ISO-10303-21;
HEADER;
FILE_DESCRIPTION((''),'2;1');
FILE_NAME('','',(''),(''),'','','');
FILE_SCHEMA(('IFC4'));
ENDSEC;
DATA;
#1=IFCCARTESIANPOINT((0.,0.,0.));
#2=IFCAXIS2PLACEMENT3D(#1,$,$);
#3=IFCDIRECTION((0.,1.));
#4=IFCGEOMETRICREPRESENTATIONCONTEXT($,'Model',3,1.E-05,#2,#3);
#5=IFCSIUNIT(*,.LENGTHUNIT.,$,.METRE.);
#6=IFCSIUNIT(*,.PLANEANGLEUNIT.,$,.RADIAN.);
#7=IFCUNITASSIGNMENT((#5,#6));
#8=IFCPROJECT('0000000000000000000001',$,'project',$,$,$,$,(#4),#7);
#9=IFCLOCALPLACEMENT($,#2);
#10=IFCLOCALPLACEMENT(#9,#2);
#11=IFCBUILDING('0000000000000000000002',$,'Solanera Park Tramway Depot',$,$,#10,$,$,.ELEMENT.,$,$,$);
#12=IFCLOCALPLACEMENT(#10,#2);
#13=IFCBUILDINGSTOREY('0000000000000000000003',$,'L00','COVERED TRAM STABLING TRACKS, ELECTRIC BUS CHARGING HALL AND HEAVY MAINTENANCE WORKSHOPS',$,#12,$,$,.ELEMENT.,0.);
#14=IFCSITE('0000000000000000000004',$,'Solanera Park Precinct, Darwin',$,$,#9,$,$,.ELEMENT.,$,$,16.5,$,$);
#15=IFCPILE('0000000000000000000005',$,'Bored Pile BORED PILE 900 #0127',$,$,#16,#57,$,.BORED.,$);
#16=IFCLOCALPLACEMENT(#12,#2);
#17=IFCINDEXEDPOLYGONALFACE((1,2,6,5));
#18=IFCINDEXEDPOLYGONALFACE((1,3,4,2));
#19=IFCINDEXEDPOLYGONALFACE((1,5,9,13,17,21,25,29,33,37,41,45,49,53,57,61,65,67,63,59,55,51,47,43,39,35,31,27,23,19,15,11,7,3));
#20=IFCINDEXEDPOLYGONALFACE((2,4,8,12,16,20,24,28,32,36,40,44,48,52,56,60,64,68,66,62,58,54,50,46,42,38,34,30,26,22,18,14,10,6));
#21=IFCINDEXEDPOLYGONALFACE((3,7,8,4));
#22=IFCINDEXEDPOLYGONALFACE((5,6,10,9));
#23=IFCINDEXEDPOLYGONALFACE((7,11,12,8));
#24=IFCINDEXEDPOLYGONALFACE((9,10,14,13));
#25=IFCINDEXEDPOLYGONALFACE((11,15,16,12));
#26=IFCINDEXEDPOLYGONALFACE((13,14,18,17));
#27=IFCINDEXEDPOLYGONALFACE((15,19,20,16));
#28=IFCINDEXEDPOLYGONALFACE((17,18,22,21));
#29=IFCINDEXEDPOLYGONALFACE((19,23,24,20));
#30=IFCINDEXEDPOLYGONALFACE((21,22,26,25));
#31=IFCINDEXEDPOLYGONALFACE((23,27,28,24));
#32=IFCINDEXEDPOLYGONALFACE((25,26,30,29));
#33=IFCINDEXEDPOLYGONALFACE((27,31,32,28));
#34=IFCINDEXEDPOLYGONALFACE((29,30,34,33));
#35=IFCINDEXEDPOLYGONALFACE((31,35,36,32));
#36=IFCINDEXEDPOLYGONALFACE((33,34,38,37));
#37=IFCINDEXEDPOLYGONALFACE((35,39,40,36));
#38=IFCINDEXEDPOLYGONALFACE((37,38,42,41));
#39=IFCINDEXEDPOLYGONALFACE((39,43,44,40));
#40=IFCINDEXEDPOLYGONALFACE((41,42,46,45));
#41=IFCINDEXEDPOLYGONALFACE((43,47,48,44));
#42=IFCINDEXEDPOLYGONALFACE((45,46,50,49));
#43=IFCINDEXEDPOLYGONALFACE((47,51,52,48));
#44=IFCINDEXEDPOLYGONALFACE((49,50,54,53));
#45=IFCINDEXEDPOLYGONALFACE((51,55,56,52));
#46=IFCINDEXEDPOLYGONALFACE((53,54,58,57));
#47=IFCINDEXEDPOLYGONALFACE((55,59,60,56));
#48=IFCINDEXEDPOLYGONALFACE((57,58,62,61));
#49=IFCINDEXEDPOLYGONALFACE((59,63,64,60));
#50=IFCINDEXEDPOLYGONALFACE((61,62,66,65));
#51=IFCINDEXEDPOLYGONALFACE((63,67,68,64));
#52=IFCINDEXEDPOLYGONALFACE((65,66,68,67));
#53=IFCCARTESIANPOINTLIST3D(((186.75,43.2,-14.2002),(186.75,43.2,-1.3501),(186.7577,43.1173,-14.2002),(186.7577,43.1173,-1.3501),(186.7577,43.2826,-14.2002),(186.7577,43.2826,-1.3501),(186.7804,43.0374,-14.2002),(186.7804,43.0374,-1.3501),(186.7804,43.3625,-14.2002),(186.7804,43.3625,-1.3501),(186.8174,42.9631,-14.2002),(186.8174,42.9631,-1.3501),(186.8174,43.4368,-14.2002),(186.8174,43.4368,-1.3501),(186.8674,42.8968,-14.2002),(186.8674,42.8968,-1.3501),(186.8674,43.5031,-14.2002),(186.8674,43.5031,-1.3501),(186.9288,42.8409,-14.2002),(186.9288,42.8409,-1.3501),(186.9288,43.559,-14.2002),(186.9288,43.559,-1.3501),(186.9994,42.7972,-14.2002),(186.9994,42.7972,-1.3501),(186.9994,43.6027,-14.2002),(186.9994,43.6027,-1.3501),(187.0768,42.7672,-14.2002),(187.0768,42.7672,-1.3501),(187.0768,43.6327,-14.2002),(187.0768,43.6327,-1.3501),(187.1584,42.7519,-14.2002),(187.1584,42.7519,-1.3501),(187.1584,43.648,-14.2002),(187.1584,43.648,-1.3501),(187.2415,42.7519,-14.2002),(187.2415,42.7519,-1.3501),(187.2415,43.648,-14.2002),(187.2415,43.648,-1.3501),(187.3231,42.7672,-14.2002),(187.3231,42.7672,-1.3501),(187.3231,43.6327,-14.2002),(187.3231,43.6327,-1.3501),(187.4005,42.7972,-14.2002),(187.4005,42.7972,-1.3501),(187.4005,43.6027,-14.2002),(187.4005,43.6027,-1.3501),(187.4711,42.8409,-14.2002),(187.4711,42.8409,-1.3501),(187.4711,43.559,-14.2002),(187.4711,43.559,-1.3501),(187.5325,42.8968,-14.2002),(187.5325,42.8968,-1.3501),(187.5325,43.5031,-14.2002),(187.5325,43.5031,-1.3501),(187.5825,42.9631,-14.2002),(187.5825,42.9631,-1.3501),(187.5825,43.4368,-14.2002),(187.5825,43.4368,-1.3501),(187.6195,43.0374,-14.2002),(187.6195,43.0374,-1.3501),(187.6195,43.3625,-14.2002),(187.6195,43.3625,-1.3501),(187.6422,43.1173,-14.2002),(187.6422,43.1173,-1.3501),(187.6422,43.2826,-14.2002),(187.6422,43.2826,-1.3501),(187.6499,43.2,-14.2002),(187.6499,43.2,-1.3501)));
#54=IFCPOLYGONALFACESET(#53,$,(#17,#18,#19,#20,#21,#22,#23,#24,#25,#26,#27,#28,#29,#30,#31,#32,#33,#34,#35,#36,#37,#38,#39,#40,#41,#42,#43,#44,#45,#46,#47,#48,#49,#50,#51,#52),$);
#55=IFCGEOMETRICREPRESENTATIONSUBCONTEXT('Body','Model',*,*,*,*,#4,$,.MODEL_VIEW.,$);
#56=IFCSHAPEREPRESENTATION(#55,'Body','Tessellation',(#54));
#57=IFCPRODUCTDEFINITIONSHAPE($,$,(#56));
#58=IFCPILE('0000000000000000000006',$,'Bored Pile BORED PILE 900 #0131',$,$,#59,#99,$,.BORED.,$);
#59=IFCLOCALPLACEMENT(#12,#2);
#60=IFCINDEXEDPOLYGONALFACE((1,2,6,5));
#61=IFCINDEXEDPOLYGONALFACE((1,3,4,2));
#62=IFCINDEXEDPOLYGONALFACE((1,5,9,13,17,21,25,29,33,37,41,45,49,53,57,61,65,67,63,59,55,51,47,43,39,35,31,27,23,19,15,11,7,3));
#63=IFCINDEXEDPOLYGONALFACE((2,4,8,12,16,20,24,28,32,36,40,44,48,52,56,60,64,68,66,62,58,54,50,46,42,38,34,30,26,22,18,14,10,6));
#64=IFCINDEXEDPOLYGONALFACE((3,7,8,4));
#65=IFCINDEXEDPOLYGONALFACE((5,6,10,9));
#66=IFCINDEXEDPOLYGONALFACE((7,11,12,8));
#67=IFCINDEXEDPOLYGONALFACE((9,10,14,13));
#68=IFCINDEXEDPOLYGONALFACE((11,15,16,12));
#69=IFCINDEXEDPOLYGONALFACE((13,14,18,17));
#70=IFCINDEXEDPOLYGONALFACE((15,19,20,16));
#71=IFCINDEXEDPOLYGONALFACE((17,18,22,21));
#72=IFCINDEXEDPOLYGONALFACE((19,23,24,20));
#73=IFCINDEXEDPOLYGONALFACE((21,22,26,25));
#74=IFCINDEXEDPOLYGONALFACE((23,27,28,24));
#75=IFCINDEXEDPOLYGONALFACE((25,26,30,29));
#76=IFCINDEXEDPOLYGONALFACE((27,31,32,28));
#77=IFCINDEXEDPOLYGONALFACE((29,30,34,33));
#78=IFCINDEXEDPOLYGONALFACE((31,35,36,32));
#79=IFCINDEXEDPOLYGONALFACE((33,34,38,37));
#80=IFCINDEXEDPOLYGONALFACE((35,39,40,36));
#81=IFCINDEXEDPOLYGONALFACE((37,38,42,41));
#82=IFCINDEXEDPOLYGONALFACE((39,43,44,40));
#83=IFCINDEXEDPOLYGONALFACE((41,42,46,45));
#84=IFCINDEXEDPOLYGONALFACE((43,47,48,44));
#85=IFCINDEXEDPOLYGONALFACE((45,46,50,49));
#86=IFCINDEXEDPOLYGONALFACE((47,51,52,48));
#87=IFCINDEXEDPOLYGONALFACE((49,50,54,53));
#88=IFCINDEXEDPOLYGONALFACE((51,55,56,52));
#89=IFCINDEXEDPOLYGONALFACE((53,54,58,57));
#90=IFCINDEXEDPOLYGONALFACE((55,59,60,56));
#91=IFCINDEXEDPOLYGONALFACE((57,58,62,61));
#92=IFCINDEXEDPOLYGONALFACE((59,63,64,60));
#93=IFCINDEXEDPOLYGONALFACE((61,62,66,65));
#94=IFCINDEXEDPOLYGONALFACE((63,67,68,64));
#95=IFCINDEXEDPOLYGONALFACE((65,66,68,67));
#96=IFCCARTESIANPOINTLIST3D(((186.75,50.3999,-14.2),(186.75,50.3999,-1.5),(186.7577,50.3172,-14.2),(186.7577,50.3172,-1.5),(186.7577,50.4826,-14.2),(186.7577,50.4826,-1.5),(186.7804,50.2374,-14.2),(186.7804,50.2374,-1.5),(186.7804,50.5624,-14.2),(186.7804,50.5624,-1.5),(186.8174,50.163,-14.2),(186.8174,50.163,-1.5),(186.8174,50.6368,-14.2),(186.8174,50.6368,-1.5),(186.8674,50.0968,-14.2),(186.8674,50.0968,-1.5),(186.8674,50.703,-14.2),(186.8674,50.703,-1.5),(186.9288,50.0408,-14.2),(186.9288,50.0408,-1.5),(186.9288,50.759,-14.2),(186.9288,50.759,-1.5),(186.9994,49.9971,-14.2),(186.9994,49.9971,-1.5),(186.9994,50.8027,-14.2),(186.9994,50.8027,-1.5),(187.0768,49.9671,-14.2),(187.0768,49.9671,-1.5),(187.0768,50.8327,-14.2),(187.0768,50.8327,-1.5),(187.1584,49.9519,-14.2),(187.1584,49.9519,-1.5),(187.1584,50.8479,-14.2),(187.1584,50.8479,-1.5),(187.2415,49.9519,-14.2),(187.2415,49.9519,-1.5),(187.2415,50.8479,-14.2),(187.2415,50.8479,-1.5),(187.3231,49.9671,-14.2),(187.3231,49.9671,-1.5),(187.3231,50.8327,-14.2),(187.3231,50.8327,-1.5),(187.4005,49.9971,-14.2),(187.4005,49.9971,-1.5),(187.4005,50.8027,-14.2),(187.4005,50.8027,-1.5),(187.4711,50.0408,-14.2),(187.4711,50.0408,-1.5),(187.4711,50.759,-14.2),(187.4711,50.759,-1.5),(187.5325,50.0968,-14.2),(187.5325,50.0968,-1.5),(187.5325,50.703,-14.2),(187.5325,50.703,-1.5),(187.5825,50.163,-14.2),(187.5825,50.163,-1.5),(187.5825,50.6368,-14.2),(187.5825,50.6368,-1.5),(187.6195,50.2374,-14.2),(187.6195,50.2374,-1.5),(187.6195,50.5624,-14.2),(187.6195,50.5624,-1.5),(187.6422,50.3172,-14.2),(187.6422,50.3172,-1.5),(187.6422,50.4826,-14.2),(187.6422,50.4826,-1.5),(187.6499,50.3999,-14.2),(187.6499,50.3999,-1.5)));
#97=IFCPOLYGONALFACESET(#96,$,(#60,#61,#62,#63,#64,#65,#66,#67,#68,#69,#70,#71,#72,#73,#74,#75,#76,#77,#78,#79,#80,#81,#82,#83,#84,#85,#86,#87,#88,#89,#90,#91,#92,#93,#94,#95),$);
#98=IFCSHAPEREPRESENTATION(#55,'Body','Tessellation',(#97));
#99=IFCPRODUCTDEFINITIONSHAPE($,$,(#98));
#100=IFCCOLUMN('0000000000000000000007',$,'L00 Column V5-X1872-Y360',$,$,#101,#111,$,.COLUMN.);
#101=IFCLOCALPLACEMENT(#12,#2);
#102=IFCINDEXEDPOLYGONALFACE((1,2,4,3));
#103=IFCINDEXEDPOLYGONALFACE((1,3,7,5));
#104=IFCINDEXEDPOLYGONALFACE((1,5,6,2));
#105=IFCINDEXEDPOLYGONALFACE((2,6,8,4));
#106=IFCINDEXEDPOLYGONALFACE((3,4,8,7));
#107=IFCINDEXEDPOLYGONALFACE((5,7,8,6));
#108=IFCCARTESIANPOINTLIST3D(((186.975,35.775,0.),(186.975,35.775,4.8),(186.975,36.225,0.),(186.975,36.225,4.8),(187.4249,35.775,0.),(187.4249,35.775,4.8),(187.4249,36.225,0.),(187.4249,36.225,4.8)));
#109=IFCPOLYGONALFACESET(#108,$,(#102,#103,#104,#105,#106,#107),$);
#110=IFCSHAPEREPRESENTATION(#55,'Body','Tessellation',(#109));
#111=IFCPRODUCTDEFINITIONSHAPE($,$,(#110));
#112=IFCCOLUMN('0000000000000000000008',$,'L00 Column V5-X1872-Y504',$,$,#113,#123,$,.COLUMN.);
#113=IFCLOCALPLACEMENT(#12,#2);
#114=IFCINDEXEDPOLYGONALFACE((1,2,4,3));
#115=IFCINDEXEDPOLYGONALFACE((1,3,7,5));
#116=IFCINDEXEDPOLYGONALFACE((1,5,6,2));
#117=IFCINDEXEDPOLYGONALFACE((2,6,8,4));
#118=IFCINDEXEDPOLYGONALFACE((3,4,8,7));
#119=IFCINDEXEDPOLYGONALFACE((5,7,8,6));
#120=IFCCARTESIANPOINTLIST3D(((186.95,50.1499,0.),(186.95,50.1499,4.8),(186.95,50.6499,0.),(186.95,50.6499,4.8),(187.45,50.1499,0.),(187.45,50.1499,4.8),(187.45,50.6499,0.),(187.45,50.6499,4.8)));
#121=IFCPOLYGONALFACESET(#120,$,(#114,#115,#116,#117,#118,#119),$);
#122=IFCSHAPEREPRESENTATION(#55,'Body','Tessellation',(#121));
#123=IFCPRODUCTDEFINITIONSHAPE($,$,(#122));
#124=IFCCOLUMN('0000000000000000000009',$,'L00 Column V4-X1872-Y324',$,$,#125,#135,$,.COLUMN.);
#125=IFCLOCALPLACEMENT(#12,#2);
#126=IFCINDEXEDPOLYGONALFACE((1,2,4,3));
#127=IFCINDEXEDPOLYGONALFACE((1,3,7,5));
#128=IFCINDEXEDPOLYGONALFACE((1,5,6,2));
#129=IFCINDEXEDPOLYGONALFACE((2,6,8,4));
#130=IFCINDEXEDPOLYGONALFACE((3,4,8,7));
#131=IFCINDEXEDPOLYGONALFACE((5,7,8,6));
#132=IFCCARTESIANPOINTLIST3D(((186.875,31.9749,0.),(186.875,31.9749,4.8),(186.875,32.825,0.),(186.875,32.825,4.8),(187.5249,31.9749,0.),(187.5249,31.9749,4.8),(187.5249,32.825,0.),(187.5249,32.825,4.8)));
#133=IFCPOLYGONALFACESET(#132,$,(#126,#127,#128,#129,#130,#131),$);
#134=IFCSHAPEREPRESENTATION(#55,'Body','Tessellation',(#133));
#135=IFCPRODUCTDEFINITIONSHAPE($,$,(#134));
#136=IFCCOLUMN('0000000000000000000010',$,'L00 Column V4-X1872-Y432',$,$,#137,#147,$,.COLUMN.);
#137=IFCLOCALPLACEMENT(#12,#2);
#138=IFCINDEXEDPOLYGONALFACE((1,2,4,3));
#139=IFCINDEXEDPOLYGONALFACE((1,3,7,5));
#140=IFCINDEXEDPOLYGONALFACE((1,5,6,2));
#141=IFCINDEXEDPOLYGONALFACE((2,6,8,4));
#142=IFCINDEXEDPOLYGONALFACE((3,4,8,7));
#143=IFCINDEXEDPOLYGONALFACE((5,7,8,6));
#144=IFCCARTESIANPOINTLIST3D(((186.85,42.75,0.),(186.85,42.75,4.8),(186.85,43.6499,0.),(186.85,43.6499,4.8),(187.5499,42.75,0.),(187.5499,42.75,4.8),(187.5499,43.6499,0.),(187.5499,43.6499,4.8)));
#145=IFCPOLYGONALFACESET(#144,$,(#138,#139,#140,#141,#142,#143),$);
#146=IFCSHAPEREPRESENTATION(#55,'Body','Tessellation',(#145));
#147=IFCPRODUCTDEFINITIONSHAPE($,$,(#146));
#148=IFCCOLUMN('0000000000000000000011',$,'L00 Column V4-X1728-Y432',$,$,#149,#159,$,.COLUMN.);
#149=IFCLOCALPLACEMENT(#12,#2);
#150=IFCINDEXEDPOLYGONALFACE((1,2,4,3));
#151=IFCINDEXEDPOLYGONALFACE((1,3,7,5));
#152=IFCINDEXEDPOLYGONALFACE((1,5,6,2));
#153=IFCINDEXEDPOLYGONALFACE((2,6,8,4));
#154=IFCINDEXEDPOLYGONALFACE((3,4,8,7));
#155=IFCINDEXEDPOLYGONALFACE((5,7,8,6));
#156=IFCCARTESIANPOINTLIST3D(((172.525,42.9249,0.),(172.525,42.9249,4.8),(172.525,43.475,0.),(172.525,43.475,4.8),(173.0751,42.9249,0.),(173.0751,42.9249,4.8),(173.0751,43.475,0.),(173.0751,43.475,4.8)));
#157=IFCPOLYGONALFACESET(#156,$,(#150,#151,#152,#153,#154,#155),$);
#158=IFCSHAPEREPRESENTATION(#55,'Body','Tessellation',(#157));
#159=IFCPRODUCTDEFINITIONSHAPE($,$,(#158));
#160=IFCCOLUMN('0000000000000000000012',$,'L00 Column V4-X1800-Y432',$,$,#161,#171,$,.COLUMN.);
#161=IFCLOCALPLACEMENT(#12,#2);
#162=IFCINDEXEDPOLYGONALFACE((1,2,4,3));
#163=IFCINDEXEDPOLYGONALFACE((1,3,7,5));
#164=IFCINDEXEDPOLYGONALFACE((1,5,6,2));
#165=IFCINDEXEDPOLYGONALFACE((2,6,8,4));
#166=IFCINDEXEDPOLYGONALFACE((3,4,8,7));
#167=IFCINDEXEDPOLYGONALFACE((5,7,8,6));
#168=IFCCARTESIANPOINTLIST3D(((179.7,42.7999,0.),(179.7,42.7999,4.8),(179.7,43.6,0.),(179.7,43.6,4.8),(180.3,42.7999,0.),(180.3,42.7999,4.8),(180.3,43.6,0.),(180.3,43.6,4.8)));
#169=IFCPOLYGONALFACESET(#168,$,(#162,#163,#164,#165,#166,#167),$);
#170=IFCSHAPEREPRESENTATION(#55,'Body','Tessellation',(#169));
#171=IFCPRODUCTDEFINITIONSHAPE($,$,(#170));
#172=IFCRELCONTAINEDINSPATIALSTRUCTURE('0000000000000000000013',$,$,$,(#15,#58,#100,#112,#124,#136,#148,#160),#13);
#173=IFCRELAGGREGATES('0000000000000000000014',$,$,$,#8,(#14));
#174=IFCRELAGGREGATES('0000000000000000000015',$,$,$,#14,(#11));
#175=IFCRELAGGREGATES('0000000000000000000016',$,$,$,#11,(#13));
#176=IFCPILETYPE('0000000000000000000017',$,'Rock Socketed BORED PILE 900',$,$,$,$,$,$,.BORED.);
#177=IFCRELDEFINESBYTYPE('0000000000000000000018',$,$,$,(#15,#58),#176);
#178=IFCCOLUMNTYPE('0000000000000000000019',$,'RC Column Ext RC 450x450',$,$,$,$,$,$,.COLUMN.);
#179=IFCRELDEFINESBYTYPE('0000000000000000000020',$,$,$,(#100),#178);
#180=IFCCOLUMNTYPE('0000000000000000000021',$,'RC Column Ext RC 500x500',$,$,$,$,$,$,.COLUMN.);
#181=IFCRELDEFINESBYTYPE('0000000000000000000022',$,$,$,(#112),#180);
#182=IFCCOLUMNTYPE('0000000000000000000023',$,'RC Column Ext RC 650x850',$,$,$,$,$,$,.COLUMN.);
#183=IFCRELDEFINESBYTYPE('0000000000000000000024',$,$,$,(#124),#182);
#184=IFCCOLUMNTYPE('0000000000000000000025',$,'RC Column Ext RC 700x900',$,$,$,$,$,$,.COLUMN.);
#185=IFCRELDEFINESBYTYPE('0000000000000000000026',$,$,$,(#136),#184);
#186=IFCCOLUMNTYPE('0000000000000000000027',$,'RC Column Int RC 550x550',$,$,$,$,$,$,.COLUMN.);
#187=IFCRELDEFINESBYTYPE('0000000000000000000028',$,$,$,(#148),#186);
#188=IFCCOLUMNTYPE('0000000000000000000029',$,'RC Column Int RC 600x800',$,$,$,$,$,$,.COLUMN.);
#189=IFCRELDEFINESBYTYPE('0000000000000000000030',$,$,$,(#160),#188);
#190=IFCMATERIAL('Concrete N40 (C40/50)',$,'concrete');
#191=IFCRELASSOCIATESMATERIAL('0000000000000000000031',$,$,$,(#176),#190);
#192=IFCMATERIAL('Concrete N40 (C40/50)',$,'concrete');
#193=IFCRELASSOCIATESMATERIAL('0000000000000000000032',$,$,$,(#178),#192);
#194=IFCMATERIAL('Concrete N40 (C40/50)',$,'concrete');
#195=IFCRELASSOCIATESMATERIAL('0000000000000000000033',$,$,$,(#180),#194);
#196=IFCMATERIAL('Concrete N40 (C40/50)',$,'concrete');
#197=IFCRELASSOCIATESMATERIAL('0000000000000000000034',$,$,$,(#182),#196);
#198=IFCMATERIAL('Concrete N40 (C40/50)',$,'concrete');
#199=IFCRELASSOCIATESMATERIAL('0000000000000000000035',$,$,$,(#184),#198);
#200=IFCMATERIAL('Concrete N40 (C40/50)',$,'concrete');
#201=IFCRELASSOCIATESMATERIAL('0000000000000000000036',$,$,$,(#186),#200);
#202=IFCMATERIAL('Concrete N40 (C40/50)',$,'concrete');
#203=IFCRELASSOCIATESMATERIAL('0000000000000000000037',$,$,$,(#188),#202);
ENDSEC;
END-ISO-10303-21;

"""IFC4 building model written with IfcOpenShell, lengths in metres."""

from ifc_helpers import new_model, si_unit, direction, frame, origin, origin_2d, place, context, subcontext, project, spatial, rectangle, circle, extrude, material, material_profile, profile_set, type_object, element, save


model = new_model("IFC4")

# Units and contexts
model_context = context("Model", 3, precision=1e-05, world=origin(), true_north=direction((0.0, 1.0)))
body_context = subcontext(model_context, "Body", "Model", "MODEL_VIEW")
ifc_project = project(units=[si_unit("LENGTHUNIT", "METRE"), si_unit("PLANEANGLEUNIT", "RADIAN")], contexts=[model_context])

# Site, building, storey
site_placement = place(None, origin())
site = spatial("IfcSite", under=ifc_project, at=site_placement, Name="Solanera Park Precinct, Darwin", CompositionType="ELEMENT", RefElevation=16.5)
building_placement = place(site_placement, origin())
building = spatial("IfcBuilding", under=site, at=building_placement, Name="Solanera Park Tramway Depot", CompositionType="ELEMENT")
storey_placement = place(building_placement, origin())
storey = spatial("IfcBuildingStorey", under=building, at=storey_placement, Name="L00", Description="COVERED TRAM STABLING TRACKS, ELECTRIC BUS CHARGING HALL AND HEAVY MAINTENANCE WORKSHOPS", CompositionType="ELEMENT", Elevation=0.0)

# Piles
ifc_material_1 = material(Name="Concrete N40 (C40/50)", Category="concrete")
ifc_material_profile_1 = material_profile(ifc_material_1, circle(Radius=0.45, at=origin_2d()), Name="BORED PILE 900")
ifc_profile_set_1 = profile_set([ifc_material_profile_1], Name="Concrete N40 (C40/50)")
pile_type_1 = type_object("IfcPileType", Name="Rock Socketed BORED PILE 900", PredefinedType="BORED", material=ifc_profile_set_1)
pile_1_placement = place(storey_placement, frame((187.2, 43.2, -1.3501), z_axis=(0.0, 0.0, -1.0), x_axis=(1.0, 0.0, 0.0)))
element("IfcPile", 1, at=pile_1_placement, inside=storey, type_object=pile_type_1, Name="Bored Pile BORED PILE 900 #0127", PredefinedType="BORED", context=body_context, shape_type="SweptSolid", body=[
    extrude(circle(Radius=0.45, at=origin_2d()), origin(), (0.0, 0.0, 1.0), 12.8501),
])
pile_2_placement = place(storey_placement, frame((187.2, 50.3999, -1.5), z_axis=(0.0, 0.0, -1.0), x_axis=(1.0, 0.0, 0.0)))
element("IfcPile", 2, at=pile_2_placement, inside=storey, type_object=pile_type_1, Name="Bored Pile BORED PILE 900 #0131", PredefinedType="BORED", context=body_context, shape_type="SweptSolid", body=[
    extrude(circle(Radius=0.45, at=origin_2d()), origin(), (0.0, 0.0, 1.0), 12.7),
])

# Columns
ifc_material_2 = material(Name="Concrete N40 (C40/50)", Category="concrete")
ifc_material_profile_2 = material_profile(ifc_material_2, rectangle(XDim=0.45, YDim=0.45, at=origin_2d()), Name="RC 450x450")
ifc_profile_set_2 = profile_set([ifc_material_profile_2], Name="Concrete N40 (C40/50)")
column_type_1 = type_object("IfcColumnType", Name="RC Column Ext RC 450x450", PredefinedType="COLUMN", material=ifc_profile_set_2)
column_1_placement = place(storey_placement, frame((187.2, 36.0, 0.0), z_axis=(0.0, 0.0, 1.0), x_axis=(1.0, 0.0, 0.0)))
element("IfcColumn", 3, at=column_1_placement, inside=storey, type_object=column_type_1, Name="L00 Column V5-X1872-Y360", PredefinedType="COLUMN", context=body_context, shape_type="SweptSolid", body=[
    extrude(rectangle(XDim=0.45, YDim=0.45, at=origin_2d()), origin(), (0.0, 0.0, 1.0), 4.8),
])
ifc_material_3 = material(Name="Concrete N40 (C40/50)", Category="concrete")
ifc_material_profile_3 = material_profile(ifc_material_3, rectangle(XDim=0.5, YDim=0.5, at=origin_2d()), Name="RC 500x500")
ifc_profile_set_3 = profile_set([ifc_material_profile_3], Name="Concrete N40 (C40/50)")
column_type_2 = type_object("IfcColumnType", Name="RC Column Ext RC 500x500", PredefinedType="COLUMN", material=ifc_profile_set_3)
column_2_placement = place(storey_placement, frame((187.2, 50.3999, 0.0), z_axis=(0.0, 0.0, 1.0), x_axis=(1.0, 0.0, 0.0)))
element("IfcColumn", 4, at=column_2_placement, inside=storey, type_object=column_type_2, Name="L00 Column V5-X1872-Y504", PredefinedType="COLUMN", context=body_context, shape_type="SweptSolid", body=[
    extrude(rectangle(XDim=0.5, YDim=0.5, at=origin_2d()), origin(), (0.0, 0.0, 1.0), 4.8),
])
ifc_material_4 = material(Name="Concrete N40 (C40/50)", Category="concrete")
ifc_material_profile_4 = material_profile(ifc_material_4, rectangle(XDim=0.6499, YDim=0.8501, at=origin_2d()), Name="RC 650x850")
ifc_profile_set_4 = profile_set([ifc_material_profile_4], Name="Concrete N40 (C40/50)")
column_type_3 = type_object("IfcColumnType", Name="RC Column Ext RC 650x850", PredefinedType="COLUMN", material=ifc_profile_set_4)
column_3_placement = place(storey_placement, frame((187.2, 32.3999, 0.0), z_axis=(0.0, 0.0, 1.0), x_axis=(1.0, 0.0, 0.0)))
element("IfcColumn", 5, at=column_3_placement, inside=storey, type_object=column_type_3, Name="L00 Column V4-X1872-Y324", PredefinedType="COLUMN", context=body_context, shape_type="SweptSolid", body=[
    extrude(rectangle(XDim=0.6499, YDim=0.8501, at=origin_2d()), origin(), (0.0, 0.0, 1.0), 4.8),
])
ifc_material_5 = material(Name="Concrete N40 (C40/50)", Category="concrete")
ifc_material_profile_5 = material_profile(ifc_material_5, rectangle(XDim=0.7, YDim=0.8999, at=origin_2d()), Name="RC 700x900")
ifc_profile_set_5 = profile_set([ifc_material_profile_5], Name="Concrete N40 (C40/50)")
column_type_4 = type_object("IfcColumnType", Name="RC Column Ext RC 700x900", PredefinedType="COLUMN", material=ifc_profile_set_5)
column_4_placement = place(storey_placement, frame((187.2, 43.2, 0.0), z_axis=(0.0, 0.0, 1.0), x_axis=(1.0, 0.0, 0.0)))
element("IfcColumn", 6, at=column_4_placement, inside=storey, type_object=column_type_4, Name="L00 Column V4-X1872-Y432", PredefinedType="COLUMN", context=body_context, shape_type="SweptSolid", body=[
    extrude(rectangle(XDim=0.7, YDim=0.8999, at=origin_2d()), origin(), (0.0, 0.0, 1.0), 4.8),
])
ifc_material_6 = material(Name="Concrete N40 (C40/50)", Category="concrete")
ifc_material_profile_6 = material_profile(ifc_material_6, rectangle(XDim=0.55, YDim=0.55, at=origin_2d()), Name="RC 550x550")
ifc_profile_set_6 = profile_set([ifc_material_profile_6], Name="Concrete N40 (C40/50)")
column_type_5 = type_object("IfcColumnType", Name="RC Column Int RC 550x550", PredefinedType="COLUMN", material=ifc_profile_set_6)
column_5_placement = place(storey_placement, frame((172.8, 43.2, 0.0), z_axis=(0.0, 0.0, 1.0), x_axis=(1.0, 0.0, 0.0)))
element("IfcColumn", 7, at=column_5_placement, inside=storey, type_object=column_type_5, Name="L00 Column V4-X1728-Y432", PredefinedType="COLUMN", context=body_context, shape_type="SweptSolid", body=[
    extrude(rectangle(XDim=0.55, YDim=0.55, at=origin_2d()), origin(), (0.0, 0.0, 1.0), 4.8),
])
ifc_material_7 = material(Name="Concrete N40 (C40/50)", Category="concrete")
ifc_material_profile_7 = material_profile(ifc_material_7, rectangle(XDim=0.6001, YDim=0.8, at=origin_2d()), Name="RC 600x800")
ifc_profile_set_7 = profile_set([ifc_material_profile_7], Name="Concrete N40 (C40/50)")
column_type_6 = type_object("IfcColumnType", Name="RC Column Int RC 600x800", PredefinedType="COLUMN", material=ifc_profile_set_7)
column_6_placement = place(storey_placement, frame((180.0, 43.2, 0.0), z_axis=(0.0, 0.0, 1.0), x_axis=(1.0, 0.0, 0.0)))
element("IfcColumn", 8, at=column_6_placement, inside=storey, type_object=column_type_6, Name="L00 Column V4-X1800-Y432", PredefinedType="COLUMN", context=body_context, shape_type="SweptSolid", body=[
    extrude(rectangle(XDim=0.6001, YDim=0.8, at=origin_2d()), origin(), (0.0, 0.0, 1.0), 4.8),
])

save(model, "model.ifc")
